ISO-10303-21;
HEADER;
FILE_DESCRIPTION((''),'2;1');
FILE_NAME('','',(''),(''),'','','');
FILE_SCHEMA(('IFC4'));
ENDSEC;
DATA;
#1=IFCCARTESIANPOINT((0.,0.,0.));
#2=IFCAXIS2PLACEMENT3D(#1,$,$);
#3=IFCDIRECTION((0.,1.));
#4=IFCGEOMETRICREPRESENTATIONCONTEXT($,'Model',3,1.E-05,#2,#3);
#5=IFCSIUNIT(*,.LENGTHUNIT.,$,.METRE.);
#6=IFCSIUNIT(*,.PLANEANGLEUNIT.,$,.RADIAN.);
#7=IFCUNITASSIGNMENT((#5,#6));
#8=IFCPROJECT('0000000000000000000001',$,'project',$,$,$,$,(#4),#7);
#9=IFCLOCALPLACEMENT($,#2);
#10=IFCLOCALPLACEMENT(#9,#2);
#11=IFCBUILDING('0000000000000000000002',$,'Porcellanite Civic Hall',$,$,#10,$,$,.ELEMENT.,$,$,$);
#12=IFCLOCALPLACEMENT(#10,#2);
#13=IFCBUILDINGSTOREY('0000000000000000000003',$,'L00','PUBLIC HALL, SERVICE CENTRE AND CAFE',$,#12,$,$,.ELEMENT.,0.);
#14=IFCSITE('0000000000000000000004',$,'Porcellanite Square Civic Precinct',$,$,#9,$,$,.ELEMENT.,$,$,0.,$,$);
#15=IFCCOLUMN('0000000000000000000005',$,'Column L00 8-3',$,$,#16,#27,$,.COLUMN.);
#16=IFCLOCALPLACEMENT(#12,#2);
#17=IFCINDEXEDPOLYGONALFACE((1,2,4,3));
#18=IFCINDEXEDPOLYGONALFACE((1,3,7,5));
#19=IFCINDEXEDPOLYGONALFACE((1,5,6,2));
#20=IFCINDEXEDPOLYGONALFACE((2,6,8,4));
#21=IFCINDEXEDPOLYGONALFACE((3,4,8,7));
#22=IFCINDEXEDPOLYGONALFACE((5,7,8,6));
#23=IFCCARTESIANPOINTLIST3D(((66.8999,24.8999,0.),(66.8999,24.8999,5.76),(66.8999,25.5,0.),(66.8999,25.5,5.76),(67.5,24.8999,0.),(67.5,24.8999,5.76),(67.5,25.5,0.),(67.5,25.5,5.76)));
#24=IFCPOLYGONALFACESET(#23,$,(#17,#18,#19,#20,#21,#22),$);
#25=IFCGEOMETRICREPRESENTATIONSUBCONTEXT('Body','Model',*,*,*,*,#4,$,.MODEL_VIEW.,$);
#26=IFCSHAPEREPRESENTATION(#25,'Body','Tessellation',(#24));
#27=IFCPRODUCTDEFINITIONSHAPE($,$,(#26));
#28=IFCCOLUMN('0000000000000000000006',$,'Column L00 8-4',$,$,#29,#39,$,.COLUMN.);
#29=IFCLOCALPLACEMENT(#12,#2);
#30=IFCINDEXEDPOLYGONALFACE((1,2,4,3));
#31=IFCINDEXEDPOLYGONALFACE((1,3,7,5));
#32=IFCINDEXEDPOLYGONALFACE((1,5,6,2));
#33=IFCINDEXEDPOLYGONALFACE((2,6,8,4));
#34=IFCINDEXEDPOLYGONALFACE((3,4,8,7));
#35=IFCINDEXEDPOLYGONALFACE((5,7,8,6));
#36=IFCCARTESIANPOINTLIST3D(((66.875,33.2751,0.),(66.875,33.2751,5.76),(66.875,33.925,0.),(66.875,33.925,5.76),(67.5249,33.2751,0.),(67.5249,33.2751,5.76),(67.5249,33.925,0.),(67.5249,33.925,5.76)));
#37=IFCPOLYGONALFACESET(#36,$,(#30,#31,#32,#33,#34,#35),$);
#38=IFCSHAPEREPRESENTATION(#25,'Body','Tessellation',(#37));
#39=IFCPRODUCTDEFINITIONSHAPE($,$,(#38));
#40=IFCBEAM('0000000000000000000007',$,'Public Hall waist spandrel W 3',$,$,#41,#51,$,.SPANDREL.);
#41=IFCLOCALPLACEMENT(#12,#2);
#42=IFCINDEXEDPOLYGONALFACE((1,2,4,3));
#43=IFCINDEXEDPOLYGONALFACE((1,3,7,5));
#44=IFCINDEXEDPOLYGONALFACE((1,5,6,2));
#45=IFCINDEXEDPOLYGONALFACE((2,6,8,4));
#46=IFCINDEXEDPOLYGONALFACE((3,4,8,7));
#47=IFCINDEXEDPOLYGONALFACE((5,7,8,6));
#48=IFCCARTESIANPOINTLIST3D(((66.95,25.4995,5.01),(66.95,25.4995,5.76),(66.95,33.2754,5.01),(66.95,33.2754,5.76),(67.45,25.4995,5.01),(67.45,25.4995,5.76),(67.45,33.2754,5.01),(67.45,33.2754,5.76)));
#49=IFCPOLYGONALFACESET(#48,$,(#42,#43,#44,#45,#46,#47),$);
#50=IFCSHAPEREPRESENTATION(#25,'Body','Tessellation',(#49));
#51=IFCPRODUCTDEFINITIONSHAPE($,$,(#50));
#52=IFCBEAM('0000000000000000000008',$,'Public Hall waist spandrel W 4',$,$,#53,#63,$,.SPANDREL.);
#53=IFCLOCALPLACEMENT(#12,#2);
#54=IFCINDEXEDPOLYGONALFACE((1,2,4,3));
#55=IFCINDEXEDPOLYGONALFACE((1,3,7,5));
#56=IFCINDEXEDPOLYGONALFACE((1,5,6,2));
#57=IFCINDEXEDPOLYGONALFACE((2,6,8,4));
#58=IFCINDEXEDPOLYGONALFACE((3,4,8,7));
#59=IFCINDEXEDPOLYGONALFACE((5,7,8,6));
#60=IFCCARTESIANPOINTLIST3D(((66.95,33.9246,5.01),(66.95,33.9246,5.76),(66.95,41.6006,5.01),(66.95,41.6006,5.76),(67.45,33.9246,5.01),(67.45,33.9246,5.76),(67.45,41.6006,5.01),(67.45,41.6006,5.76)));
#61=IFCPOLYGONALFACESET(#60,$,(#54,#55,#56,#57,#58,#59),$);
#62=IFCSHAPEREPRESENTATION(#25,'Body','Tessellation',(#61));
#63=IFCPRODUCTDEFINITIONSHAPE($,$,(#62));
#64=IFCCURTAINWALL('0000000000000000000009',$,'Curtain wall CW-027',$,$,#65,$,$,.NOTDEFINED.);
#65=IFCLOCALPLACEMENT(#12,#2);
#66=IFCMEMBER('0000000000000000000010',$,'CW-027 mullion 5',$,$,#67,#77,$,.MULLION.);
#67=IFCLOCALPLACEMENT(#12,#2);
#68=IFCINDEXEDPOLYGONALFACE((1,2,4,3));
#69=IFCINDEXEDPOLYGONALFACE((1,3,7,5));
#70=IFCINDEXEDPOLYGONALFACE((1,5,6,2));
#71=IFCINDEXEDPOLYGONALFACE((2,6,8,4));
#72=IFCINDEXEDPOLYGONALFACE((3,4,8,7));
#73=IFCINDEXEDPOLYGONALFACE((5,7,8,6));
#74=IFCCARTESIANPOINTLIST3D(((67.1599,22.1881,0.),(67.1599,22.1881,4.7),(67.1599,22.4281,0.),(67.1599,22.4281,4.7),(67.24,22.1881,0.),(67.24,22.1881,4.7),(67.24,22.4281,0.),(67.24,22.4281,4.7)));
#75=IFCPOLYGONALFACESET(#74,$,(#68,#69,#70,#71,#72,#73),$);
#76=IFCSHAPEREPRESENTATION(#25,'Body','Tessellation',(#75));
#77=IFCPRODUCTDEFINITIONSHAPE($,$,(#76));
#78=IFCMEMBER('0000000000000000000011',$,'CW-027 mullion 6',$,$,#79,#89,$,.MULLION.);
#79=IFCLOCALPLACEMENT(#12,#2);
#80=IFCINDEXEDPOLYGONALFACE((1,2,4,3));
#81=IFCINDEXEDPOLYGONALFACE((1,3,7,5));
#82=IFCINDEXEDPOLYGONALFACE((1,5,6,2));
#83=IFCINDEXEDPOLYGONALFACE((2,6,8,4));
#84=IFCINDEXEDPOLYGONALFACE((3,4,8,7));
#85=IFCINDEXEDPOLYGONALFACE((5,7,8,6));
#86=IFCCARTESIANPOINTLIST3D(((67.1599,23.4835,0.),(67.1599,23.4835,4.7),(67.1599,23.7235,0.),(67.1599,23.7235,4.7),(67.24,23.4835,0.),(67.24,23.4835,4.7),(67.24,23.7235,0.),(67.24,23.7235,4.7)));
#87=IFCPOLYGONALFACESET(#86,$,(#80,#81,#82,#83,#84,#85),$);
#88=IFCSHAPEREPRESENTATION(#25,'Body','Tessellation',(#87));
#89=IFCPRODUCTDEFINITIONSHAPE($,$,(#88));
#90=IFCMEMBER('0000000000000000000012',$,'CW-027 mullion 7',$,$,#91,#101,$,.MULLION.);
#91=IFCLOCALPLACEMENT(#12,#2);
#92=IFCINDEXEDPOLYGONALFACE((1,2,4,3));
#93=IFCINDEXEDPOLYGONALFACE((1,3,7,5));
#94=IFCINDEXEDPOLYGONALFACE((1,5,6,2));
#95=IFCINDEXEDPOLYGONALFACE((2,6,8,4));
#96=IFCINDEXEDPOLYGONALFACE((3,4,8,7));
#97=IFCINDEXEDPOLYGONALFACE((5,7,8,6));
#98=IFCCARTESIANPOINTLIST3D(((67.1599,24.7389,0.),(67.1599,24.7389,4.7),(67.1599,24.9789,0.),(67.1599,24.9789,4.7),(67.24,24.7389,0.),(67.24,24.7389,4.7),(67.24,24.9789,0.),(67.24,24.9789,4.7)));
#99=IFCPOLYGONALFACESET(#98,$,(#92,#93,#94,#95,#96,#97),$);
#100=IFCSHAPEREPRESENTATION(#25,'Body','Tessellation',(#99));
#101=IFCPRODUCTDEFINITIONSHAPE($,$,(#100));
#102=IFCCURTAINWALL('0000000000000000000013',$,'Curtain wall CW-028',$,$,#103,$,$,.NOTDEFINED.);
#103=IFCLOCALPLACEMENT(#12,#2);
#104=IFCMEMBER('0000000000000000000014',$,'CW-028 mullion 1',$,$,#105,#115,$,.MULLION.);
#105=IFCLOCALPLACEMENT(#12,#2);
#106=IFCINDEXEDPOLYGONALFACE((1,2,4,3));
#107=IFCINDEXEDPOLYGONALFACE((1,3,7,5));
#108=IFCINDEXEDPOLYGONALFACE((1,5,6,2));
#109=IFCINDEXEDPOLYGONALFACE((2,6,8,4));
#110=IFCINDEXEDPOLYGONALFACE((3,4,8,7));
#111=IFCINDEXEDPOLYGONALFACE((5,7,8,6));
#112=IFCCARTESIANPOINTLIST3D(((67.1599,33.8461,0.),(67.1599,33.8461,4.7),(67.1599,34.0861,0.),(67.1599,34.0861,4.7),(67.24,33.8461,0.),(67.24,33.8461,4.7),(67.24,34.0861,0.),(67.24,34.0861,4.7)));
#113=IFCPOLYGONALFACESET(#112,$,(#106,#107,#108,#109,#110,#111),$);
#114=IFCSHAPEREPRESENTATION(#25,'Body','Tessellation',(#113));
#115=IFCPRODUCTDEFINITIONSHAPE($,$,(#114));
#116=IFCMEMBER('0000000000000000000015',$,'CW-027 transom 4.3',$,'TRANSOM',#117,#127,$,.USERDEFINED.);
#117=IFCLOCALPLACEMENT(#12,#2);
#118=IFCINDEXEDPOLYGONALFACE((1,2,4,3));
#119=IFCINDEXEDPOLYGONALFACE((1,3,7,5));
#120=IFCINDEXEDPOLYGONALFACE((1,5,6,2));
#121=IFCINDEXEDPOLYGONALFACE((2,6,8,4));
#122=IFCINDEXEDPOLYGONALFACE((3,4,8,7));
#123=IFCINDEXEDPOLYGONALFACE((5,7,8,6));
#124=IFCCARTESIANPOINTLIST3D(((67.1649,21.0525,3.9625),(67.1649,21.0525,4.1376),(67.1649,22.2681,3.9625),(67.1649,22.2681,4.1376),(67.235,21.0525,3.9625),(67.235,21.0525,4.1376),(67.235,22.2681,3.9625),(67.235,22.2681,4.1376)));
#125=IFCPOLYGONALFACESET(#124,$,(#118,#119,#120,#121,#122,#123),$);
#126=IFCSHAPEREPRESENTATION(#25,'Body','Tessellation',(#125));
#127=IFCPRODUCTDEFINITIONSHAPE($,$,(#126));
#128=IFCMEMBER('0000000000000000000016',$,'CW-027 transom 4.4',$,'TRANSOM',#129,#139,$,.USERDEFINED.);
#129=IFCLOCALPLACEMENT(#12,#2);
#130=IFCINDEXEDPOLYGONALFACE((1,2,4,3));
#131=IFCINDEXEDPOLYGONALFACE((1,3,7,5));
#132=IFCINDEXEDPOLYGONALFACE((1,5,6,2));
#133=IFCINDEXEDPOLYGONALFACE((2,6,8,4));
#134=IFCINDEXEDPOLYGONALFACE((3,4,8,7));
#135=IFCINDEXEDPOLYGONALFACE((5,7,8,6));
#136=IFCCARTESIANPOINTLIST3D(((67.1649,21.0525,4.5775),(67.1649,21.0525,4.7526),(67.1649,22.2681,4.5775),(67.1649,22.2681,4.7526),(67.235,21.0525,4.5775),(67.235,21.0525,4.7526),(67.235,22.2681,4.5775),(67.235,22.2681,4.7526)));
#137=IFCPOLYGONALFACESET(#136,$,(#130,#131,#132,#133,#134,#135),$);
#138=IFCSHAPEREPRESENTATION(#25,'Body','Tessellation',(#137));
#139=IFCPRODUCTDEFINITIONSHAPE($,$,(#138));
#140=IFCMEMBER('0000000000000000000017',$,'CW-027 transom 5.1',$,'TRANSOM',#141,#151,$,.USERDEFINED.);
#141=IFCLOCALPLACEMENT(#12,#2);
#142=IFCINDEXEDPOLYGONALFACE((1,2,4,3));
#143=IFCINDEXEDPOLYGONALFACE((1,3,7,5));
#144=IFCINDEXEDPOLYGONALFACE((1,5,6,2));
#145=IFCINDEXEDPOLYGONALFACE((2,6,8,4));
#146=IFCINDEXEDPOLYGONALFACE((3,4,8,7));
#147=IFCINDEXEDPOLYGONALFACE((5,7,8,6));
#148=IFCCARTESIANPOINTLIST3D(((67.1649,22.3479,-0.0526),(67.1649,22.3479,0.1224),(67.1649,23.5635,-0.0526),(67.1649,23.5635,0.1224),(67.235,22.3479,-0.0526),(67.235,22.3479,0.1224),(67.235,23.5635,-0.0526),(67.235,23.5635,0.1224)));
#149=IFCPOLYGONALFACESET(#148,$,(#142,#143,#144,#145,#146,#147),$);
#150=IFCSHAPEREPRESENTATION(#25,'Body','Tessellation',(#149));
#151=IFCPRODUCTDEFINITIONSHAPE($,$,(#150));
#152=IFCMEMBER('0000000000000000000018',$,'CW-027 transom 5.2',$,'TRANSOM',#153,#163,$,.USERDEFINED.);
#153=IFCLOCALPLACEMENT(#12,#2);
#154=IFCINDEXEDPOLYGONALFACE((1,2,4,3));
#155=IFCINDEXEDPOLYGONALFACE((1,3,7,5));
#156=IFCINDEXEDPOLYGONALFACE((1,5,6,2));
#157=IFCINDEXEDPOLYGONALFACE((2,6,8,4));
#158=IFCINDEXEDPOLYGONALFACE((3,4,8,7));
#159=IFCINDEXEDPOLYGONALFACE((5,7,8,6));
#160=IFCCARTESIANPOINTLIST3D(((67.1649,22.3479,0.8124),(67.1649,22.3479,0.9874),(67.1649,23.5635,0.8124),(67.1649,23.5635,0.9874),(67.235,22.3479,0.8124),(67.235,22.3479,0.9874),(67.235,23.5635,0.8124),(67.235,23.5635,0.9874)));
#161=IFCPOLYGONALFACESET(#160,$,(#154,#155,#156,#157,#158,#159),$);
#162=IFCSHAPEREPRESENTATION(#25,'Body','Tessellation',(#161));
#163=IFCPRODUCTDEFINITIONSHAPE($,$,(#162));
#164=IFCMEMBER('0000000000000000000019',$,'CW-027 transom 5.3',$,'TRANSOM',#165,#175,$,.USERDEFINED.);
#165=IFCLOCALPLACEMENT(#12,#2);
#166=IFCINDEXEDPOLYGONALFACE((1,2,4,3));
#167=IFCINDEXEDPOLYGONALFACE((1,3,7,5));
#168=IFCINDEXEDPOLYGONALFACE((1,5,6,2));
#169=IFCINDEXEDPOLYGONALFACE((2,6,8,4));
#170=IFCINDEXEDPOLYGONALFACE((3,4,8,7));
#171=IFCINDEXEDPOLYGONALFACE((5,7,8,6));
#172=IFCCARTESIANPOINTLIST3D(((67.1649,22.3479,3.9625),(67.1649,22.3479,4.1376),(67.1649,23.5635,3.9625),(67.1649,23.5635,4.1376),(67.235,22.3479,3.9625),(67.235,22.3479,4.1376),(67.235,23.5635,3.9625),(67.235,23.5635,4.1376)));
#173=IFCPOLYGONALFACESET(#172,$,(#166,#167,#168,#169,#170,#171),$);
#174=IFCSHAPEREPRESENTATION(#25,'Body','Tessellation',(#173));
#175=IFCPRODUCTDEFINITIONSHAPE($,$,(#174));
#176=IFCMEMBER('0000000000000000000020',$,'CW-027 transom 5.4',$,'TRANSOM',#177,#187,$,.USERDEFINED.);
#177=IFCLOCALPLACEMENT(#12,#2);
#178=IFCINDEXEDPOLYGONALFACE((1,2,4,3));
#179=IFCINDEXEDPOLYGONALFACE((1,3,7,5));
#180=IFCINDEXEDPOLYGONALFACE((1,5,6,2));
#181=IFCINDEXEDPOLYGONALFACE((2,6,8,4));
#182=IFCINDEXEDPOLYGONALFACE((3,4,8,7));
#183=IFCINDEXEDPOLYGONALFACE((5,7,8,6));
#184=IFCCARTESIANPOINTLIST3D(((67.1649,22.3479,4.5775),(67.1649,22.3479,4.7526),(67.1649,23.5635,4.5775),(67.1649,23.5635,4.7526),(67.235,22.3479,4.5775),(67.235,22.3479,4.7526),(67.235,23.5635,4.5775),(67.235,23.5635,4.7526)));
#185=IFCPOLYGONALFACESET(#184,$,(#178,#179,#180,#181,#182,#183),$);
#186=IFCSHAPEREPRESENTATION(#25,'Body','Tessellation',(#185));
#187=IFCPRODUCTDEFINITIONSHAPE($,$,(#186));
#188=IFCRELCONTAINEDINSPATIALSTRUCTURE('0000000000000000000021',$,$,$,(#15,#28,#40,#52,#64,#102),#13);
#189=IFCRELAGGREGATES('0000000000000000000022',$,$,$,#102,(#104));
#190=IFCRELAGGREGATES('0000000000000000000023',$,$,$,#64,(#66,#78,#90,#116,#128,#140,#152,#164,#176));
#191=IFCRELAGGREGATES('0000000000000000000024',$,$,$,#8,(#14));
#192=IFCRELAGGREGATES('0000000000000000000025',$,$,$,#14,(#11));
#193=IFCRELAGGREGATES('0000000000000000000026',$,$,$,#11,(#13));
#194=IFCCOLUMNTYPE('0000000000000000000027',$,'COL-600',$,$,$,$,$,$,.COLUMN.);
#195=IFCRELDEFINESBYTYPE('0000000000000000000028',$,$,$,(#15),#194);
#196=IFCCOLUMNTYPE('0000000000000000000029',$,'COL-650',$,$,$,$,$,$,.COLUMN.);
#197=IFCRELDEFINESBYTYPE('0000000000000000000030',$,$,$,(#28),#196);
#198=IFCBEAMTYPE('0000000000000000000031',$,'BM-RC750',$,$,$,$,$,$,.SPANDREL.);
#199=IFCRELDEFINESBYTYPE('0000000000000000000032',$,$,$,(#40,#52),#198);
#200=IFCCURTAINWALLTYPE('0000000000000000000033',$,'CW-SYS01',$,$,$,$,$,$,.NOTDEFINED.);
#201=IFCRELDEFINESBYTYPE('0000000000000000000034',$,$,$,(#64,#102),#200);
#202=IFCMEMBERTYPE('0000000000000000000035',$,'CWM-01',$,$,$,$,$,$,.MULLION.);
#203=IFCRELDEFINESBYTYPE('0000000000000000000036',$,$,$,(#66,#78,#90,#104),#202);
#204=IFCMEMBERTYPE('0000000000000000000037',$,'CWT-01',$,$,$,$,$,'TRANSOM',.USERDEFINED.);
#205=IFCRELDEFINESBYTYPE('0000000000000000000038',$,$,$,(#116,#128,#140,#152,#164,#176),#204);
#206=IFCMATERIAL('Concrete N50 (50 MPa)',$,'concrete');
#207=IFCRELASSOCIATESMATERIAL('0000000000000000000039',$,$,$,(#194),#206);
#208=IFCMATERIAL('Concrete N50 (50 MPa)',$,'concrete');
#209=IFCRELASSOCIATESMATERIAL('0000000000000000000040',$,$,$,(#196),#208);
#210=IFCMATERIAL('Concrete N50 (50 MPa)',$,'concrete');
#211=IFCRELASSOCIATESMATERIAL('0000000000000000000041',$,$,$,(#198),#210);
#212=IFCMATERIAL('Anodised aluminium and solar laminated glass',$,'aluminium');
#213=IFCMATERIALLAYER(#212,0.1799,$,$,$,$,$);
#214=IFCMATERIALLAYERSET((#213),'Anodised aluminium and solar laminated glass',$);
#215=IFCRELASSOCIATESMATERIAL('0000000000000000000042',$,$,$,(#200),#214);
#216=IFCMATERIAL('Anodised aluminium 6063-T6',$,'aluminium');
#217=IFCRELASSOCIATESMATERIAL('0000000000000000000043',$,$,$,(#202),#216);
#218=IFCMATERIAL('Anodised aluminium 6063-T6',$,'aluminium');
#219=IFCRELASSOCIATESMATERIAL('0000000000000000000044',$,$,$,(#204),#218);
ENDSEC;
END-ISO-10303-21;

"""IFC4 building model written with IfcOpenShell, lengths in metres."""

from ifc_helpers import new_model, si_unit, direction, frame, origin, origin_2d, place, context, subcontext, project, spatial, rectangle, extrude, material, layer, layer_set, material_profile, profile_set, type_object, element, aggregate, save


model = new_model("IFC4")

# Units and contexts
model_context = context("Model", 3, precision=1e-05, world=origin(), true_north=direction((0.0, 1.0)))
body_context = subcontext(model_context, "Body", "Model", "MODEL_VIEW")
ifc_project = project(units=[si_unit("LENGTHUNIT", "METRE"), si_unit("PLANEANGLEUNIT", "RADIAN")], contexts=[model_context])

# Site, building, storey
site_placement = place(None, origin())
site = spatial("IfcSite", under=ifc_project, at=site_placement, Name="Porcellanite Square Civic Precinct", CompositionType="ELEMENT", RefElevation=0.0)
building_placement = place(site_placement, origin())
building = spatial("IfcBuilding", under=site, at=building_placement, Name="Porcellanite Civic Hall", CompositionType="ELEMENT")
storey_placement = place(building_placement, origin())
storey = spatial("IfcBuildingStorey", under=building, at=storey_placement, Name="L00", Description="PUBLIC HALL, SERVICE CENTRE AND CAFE", CompositionType="ELEMENT", Elevation=0.0)

# Columns
ifc_material_1 = material(Name="Concrete N50 (50 MPa)", Category="concrete")
ifc_material_profile_1 = material_profile(ifc_material_1, rectangle(XDim=0.6001, YDim=0.6001, at=origin_2d()), Name="RC-600x600")
ifc_profile_set_1 = profile_set([ifc_material_profile_1], Name="Concrete N50 (50 MPa)")
column_type_1 = type_object("IfcColumnType", Name="COL-600", PredefinedType="COLUMN", material=ifc_profile_set_1)
column_1_placement = place(storey_placement, frame((67.2, 25.2, 0.0), z_axis=(0.0, 0.0, 1.0), x_axis=(1.0, 0.0, 0.0)))
element("IfcColumn", 1, at=column_1_placement, inside=storey, type_object=column_type_1, Name="Column L00 8-3", PredefinedType="COLUMN", context=body_context, shape_type="SweptSolid", body=[
    extrude(rectangle(XDim=0.6001, YDim=0.6001, at=origin_2d()), origin(), (0.0, 0.0, 1.0), 5.76),
])
ifc_material_2 = material(Name="Concrete N50 (50 MPa)", Category="concrete")
ifc_material_profile_2 = material_profile(ifc_material_2, rectangle(XDim=0.6499, YDim=0.6499, at=origin_2d()), Name="RC-650x650")
ifc_profile_set_2 = profile_set([ifc_material_profile_2], Name="Concrete N50 (50 MPa)")
column_type_2 = type_object("IfcColumnType", Name="COL-650", PredefinedType="COLUMN", material=ifc_profile_set_2)
column_2_placement = place(storey_placement, frame((67.2, 33.6001, 0.0), z_axis=(0.0, 0.0, 1.0), x_axis=(1.0, 0.0, 0.0)))
element("IfcColumn", 2, at=column_2_placement, inside=storey, type_object=column_type_2, Name="Column L00 8-4", PredefinedType="COLUMN", context=body_context, shape_type="SweptSolid", body=[
    extrude(rectangle(XDim=0.6499, YDim=0.6499, at=origin_2d()), origin(), (0.0, 0.0, 1.0), 5.76),
])

# Beams
ifc_material_3 = material(Name="Concrete N50 (50 MPa)", Category="concrete")
ifc_material_profile_3 = material_profile(ifc_material_3, rectangle(XDim=0.5, YDim=0.75, at=origin_2d()), Name="RC-500x750")
ifc_profile_set_3 = profile_set([ifc_material_profile_3], Name="Concrete N50 (50 MPa)")
beam_type = type_object("IfcBeamType", Name="BM-RC750", PredefinedType="SPANDREL", material=ifc_profile_set_3)
beam_1_placement = place(storey_placement, frame((67.2, 25.4995, 5.385), z_axis=(0.0, 1.0, 0.0), x_axis=(-1.0, 0.0, 0.0)))
element("IfcBeam", 3, at=beam_1_placement, inside=storey, type_object=beam_type, Name="Public Hall waist spandrel W 3", PredefinedType="SPANDREL", context=body_context, shape_type="SweptSolid", body=[
    extrude(rectangle(XDim=0.5, YDim=0.75, at=origin_2d()), origin(), (0.0, 0.0, 1.0), 7.7759),
])
beam_2_placement = place(storey_placement, frame((67.2, 33.9246, 5.385), z_axis=(0.0, 1.0, 0.0), x_axis=(-1.0, 0.0, 0.0)))
element("IfcBeam", 4, at=beam_2_placement, inside=storey, type_object=beam_type, Name="Public Hall waist spandrel W 4", PredefinedType="SPANDREL", context=body_context, shape_type="SweptSolid", body=[
    extrude(rectangle(XDim=0.5, YDim=0.75, at=origin_2d()), origin(), (0.0, 0.0, 1.0), 7.676),
])

# Curtain wall, members
ifc_material_4 = material(Name="Anodised aluminium and solar laminated glass", Category="aluminium")
ifc_layer_1 = layer(ifc_material_4, 0.1799)
ifc_layer_set_1 = layer_set([ifc_layer_1], Name="Anodised aluminium and solar laminated glass")
curtain_wall_type = type_object("IfcCurtainWallType", Name="CW-SYS01", PredefinedType="NOTDEFINED", material=ifc_layer_set_1)
curtain_wall_1_placement = place(storey_placement, origin())
curtain_wall_1 = element("IfcCurtainWall", 5, at=curtain_wall_1_placement, inside=storey, type_object=curtain_wall_type, Name="Curtain wall CW-027", PredefinedType="NOTDEFINED")
ifc_material_5 = material(Name="Anodised aluminium 6063-T6", Category="aluminium")
ifc_material_profile_4 = material_profile(ifc_material_5, rectangle(XDim=0.0801, YDim=0.24, at=origin_2d()), Name="AL-80x240")
ifc_profile_set_4 = profile_set([ifc_material_profile_4], Name="Anodised aluminium 6063-T6")
member_type_1 = type_object("IfcMemberType", Name="CWM-01", PredefinedType="MULLION", material=ifc_profile_set_4)
member_1_placement = place(storey_placement, frame((67.2, 22.3081, 0.0), z_axis=(0.0, 0.0, 1.0), x_axis=(-1.0, 0.0, 0.0)))
member_1 = element("IfcMember", 6, at=member_1_placement, type_object=member_type_1, Name="CW-027 mullion 5", PredefinedType="MULLION", context=body_context, shape_type="SweptSolid", body=[
    extrude(rectangle(XDim=0.0801, YDim=0.24, at=origin_2d()), origin(), (0.0, 0.0, 1.0), 4.7),
])
member_2_placement = place(storey_placement, frame((67.2, 23.6035, 0.0), z_axis=(0.0, 0.0, 1.0), x_axis=(-1.0, 0.0, 0.0)))
member_2 = element("IfcMember", 7, at=member_2_placement, type_object=member_type_1, Name="CW-027 mullion 6", PredefinedType="MULLION", context=body_context, shape_type="SweptSolid", body=[
    extrude(rectangle(XDim=0.0801, YDim=0.24, at=origin_2d()), origin(), (0.0, 0.0, 1.0), 4.7),
])
member_3_placement = place(storey_placement, frame((67.2, 24.8589, 0.0), z_axis=(0.0, 0.0, 1.0), x_axis=(-1.0, 0.0, 0.0)))
member_3 = element("IfcMember", 8, at=member_3_placement, type_object=member_type_1, Name="CW-027 mullion 7", PredefinedType="MULLION", context=body_context, shape_type="SweptSolid", body=[
    extrude(rectangle(XDim=0.0801, YDim=0.24, at=origin_2d()), origin(), (0.0, 0.0, 1.0), 4.7),
])

# Curtain wall, member
curtain_wall_2_placement = place(storey_placement, origin())
curtain_wall_2 = element("IfcCurtainWall", 9, at=curtain_wall_2_placement, inside=storey, type_object=curtain_wall_type, Name="Curtain wall CW-028", PredefinedType="NOTDEFINED")
member_4_placement = place(storey_placement, frame((67.2, 33.9661, 0.0), z_axis=(0.0, 0.0, 1.0), x_axis=(-1.0, 0.0, 0.0)))
member_4 = element("IfcMember", 10, at=member_4_placement, type_object=member_type_1, Name="CW-028 mullion 1", PredefinedType="MULLION", context=body_context, shape_type="SweptSolid", body=[
    extrude(rectangle(XDim=0.0801, YDim=0.24, at=origin_2d()), origin(), (0.0, 0.0, 1.0), 4.7),
])

# Members
ifc_material_6 = material(Name="Anodised aluminium 6063-T6", Category="aluminium")
ifc_material_profile_5 = material_profile(ifc_material_6, rectangle(XDim=0.0701, YDim=0.175, at=origin_2d()), Name="AL-70x175")
ifc_profile_set_5 = profile_set([ifc_material_profile_5], Name="Anodised aluminium 6063-T6")
member_type_2 = type_object("IfcMemberType", Name="CWT-01", ElementType="TRANSOM", PredefinedType="USERDEFINED", material=ifc_profile_set_5)
member_5_placement = place(storey_placement, frame((67.2, 21.0525, 4.05), z_axis=(0.0, 1.0, 0.0), x_axis=(-1.0, 0.0, 0.0)))
member_5 = element("IfcMember", 11, at=member_5_placement, type_object=member_type_2, Name="CW-027 transom 4.3", ObjectType="TRANSOM", PredefinedType="USERDEFINED", context=body_context, shape_type="SweptSolid", body=[
    extrude(rectangle(XDim=0.0701, YDim=0.175, at=origin_2d()), origin(), (0.0, 0.0, 1.0), 1.2156),
])
member_6_placement = place(storey_placement, frame((67.2, 21.0525, 4.665), z_axis=(0.0, 1.0, 0.0), x_axis=(-1.0, 0.0, 0.0)))
member_6 = element("IfcMember", 12, at=member_6_placement, type_object=member_type_2, Name="CW-027 transom 4.4", ObjectType="TRANSOM", PredefinedType="USERDEFINED", context=body_context, shape_type="SweptSolid", body=[
    extrude(rectangle(XDim=0.0701, YDim=0.175, at=origin_2d()), origin(), (0.0, 0.0, 1.0), 1.2156),
])
member_7_placement = place(storey_placement, frame((67.2, 22.3479, 0.0349), z_axis=(0.0, 1.0, 0.0), x_axis=(-1.0, 0.0, 0.0)))
member_7 = element("IfcMember", 13, at=member_7_placement, type_object=member_type_2, Name="CW-027 transom 5.1", ObjectType="TRANSOM", PredefinedType="USERDEFINED", context=body_context, shape_type="SweptSolid", body=[
    extrude(rectangle(XDim=0.0701, YDim=0.175, at=origin_2d()), origin(), (0.0, 0.0, 1.0), 1.2156),
])
member_8_placement = place(storey_placement, frame((67.2, 22.3479, 0.8999), z_axis=(0.0, 1.0, 0.0), x_axis=(-1.0, 0.0, 0.0)))
member_8 = element("IfcMember", 14, at=member_8_placement, type_object=member_type_2, Name="CW-027 transom 5.2", ObjectType="TRANSOM", PredefinedType="USERDEFINED", context=body_context, shape_type="SweptSolid", body=[
    extrude(rectangle(XDim=0.0701, YDim=0.175, at=origin_2d()), origin(), (0.0, 0.0, 1.0), 1.2156),
])
member_9_placement = place(storey_placement, frame((67.2, 22.3479, 4.05), z_axis=(0.0, 1.0, 0.0), x_axis=(-1.0, 0.0, 0.0)))
member_9 = element("IfcMember", 15, at=member_9_placement, type_object=member_type_2, Name="CW-027 transom 5.3", ObjectType="TRANSOM", PredefinedType="USERDEFINED", context=body_context, shape_type="SweptSolid", body=[
    extrude(rectangle(XDim=0.0701, YDim=0.175, at=origin_2d()), origin(), (0.0, 0.0, 1.0), 1.2156),
])
member_10_placement = place(storey_placement, frame((67.2, 22.3479, 4.665), z_axis=(0.0, 1.0, 0.0), x_axis=(-1.0, 0.0, 0.0)))
member_10 = element("IfcMember", 16, at=member_10_placement, type_object=member_type_2, Name="CW-027 transom 5.4", ObjectType="TRANSOM", PredefinedType="USERDEFINED", context=body_context, shape_type="SweptSolid", body=[
    extrude(rectangle(XDim=0.0701, YDim=0.175, at=origin_2d()), origin(), (0.0, 0.0, 1.0), 1.2156),
])
aggregate(curtain_wall_2, [member_4])

aggregate(curtain_wall_1, [member_1, member_2, member_3, member_5, member_6, member_7, member_8, member_9, member_10])

save(model, "model.ifc")
